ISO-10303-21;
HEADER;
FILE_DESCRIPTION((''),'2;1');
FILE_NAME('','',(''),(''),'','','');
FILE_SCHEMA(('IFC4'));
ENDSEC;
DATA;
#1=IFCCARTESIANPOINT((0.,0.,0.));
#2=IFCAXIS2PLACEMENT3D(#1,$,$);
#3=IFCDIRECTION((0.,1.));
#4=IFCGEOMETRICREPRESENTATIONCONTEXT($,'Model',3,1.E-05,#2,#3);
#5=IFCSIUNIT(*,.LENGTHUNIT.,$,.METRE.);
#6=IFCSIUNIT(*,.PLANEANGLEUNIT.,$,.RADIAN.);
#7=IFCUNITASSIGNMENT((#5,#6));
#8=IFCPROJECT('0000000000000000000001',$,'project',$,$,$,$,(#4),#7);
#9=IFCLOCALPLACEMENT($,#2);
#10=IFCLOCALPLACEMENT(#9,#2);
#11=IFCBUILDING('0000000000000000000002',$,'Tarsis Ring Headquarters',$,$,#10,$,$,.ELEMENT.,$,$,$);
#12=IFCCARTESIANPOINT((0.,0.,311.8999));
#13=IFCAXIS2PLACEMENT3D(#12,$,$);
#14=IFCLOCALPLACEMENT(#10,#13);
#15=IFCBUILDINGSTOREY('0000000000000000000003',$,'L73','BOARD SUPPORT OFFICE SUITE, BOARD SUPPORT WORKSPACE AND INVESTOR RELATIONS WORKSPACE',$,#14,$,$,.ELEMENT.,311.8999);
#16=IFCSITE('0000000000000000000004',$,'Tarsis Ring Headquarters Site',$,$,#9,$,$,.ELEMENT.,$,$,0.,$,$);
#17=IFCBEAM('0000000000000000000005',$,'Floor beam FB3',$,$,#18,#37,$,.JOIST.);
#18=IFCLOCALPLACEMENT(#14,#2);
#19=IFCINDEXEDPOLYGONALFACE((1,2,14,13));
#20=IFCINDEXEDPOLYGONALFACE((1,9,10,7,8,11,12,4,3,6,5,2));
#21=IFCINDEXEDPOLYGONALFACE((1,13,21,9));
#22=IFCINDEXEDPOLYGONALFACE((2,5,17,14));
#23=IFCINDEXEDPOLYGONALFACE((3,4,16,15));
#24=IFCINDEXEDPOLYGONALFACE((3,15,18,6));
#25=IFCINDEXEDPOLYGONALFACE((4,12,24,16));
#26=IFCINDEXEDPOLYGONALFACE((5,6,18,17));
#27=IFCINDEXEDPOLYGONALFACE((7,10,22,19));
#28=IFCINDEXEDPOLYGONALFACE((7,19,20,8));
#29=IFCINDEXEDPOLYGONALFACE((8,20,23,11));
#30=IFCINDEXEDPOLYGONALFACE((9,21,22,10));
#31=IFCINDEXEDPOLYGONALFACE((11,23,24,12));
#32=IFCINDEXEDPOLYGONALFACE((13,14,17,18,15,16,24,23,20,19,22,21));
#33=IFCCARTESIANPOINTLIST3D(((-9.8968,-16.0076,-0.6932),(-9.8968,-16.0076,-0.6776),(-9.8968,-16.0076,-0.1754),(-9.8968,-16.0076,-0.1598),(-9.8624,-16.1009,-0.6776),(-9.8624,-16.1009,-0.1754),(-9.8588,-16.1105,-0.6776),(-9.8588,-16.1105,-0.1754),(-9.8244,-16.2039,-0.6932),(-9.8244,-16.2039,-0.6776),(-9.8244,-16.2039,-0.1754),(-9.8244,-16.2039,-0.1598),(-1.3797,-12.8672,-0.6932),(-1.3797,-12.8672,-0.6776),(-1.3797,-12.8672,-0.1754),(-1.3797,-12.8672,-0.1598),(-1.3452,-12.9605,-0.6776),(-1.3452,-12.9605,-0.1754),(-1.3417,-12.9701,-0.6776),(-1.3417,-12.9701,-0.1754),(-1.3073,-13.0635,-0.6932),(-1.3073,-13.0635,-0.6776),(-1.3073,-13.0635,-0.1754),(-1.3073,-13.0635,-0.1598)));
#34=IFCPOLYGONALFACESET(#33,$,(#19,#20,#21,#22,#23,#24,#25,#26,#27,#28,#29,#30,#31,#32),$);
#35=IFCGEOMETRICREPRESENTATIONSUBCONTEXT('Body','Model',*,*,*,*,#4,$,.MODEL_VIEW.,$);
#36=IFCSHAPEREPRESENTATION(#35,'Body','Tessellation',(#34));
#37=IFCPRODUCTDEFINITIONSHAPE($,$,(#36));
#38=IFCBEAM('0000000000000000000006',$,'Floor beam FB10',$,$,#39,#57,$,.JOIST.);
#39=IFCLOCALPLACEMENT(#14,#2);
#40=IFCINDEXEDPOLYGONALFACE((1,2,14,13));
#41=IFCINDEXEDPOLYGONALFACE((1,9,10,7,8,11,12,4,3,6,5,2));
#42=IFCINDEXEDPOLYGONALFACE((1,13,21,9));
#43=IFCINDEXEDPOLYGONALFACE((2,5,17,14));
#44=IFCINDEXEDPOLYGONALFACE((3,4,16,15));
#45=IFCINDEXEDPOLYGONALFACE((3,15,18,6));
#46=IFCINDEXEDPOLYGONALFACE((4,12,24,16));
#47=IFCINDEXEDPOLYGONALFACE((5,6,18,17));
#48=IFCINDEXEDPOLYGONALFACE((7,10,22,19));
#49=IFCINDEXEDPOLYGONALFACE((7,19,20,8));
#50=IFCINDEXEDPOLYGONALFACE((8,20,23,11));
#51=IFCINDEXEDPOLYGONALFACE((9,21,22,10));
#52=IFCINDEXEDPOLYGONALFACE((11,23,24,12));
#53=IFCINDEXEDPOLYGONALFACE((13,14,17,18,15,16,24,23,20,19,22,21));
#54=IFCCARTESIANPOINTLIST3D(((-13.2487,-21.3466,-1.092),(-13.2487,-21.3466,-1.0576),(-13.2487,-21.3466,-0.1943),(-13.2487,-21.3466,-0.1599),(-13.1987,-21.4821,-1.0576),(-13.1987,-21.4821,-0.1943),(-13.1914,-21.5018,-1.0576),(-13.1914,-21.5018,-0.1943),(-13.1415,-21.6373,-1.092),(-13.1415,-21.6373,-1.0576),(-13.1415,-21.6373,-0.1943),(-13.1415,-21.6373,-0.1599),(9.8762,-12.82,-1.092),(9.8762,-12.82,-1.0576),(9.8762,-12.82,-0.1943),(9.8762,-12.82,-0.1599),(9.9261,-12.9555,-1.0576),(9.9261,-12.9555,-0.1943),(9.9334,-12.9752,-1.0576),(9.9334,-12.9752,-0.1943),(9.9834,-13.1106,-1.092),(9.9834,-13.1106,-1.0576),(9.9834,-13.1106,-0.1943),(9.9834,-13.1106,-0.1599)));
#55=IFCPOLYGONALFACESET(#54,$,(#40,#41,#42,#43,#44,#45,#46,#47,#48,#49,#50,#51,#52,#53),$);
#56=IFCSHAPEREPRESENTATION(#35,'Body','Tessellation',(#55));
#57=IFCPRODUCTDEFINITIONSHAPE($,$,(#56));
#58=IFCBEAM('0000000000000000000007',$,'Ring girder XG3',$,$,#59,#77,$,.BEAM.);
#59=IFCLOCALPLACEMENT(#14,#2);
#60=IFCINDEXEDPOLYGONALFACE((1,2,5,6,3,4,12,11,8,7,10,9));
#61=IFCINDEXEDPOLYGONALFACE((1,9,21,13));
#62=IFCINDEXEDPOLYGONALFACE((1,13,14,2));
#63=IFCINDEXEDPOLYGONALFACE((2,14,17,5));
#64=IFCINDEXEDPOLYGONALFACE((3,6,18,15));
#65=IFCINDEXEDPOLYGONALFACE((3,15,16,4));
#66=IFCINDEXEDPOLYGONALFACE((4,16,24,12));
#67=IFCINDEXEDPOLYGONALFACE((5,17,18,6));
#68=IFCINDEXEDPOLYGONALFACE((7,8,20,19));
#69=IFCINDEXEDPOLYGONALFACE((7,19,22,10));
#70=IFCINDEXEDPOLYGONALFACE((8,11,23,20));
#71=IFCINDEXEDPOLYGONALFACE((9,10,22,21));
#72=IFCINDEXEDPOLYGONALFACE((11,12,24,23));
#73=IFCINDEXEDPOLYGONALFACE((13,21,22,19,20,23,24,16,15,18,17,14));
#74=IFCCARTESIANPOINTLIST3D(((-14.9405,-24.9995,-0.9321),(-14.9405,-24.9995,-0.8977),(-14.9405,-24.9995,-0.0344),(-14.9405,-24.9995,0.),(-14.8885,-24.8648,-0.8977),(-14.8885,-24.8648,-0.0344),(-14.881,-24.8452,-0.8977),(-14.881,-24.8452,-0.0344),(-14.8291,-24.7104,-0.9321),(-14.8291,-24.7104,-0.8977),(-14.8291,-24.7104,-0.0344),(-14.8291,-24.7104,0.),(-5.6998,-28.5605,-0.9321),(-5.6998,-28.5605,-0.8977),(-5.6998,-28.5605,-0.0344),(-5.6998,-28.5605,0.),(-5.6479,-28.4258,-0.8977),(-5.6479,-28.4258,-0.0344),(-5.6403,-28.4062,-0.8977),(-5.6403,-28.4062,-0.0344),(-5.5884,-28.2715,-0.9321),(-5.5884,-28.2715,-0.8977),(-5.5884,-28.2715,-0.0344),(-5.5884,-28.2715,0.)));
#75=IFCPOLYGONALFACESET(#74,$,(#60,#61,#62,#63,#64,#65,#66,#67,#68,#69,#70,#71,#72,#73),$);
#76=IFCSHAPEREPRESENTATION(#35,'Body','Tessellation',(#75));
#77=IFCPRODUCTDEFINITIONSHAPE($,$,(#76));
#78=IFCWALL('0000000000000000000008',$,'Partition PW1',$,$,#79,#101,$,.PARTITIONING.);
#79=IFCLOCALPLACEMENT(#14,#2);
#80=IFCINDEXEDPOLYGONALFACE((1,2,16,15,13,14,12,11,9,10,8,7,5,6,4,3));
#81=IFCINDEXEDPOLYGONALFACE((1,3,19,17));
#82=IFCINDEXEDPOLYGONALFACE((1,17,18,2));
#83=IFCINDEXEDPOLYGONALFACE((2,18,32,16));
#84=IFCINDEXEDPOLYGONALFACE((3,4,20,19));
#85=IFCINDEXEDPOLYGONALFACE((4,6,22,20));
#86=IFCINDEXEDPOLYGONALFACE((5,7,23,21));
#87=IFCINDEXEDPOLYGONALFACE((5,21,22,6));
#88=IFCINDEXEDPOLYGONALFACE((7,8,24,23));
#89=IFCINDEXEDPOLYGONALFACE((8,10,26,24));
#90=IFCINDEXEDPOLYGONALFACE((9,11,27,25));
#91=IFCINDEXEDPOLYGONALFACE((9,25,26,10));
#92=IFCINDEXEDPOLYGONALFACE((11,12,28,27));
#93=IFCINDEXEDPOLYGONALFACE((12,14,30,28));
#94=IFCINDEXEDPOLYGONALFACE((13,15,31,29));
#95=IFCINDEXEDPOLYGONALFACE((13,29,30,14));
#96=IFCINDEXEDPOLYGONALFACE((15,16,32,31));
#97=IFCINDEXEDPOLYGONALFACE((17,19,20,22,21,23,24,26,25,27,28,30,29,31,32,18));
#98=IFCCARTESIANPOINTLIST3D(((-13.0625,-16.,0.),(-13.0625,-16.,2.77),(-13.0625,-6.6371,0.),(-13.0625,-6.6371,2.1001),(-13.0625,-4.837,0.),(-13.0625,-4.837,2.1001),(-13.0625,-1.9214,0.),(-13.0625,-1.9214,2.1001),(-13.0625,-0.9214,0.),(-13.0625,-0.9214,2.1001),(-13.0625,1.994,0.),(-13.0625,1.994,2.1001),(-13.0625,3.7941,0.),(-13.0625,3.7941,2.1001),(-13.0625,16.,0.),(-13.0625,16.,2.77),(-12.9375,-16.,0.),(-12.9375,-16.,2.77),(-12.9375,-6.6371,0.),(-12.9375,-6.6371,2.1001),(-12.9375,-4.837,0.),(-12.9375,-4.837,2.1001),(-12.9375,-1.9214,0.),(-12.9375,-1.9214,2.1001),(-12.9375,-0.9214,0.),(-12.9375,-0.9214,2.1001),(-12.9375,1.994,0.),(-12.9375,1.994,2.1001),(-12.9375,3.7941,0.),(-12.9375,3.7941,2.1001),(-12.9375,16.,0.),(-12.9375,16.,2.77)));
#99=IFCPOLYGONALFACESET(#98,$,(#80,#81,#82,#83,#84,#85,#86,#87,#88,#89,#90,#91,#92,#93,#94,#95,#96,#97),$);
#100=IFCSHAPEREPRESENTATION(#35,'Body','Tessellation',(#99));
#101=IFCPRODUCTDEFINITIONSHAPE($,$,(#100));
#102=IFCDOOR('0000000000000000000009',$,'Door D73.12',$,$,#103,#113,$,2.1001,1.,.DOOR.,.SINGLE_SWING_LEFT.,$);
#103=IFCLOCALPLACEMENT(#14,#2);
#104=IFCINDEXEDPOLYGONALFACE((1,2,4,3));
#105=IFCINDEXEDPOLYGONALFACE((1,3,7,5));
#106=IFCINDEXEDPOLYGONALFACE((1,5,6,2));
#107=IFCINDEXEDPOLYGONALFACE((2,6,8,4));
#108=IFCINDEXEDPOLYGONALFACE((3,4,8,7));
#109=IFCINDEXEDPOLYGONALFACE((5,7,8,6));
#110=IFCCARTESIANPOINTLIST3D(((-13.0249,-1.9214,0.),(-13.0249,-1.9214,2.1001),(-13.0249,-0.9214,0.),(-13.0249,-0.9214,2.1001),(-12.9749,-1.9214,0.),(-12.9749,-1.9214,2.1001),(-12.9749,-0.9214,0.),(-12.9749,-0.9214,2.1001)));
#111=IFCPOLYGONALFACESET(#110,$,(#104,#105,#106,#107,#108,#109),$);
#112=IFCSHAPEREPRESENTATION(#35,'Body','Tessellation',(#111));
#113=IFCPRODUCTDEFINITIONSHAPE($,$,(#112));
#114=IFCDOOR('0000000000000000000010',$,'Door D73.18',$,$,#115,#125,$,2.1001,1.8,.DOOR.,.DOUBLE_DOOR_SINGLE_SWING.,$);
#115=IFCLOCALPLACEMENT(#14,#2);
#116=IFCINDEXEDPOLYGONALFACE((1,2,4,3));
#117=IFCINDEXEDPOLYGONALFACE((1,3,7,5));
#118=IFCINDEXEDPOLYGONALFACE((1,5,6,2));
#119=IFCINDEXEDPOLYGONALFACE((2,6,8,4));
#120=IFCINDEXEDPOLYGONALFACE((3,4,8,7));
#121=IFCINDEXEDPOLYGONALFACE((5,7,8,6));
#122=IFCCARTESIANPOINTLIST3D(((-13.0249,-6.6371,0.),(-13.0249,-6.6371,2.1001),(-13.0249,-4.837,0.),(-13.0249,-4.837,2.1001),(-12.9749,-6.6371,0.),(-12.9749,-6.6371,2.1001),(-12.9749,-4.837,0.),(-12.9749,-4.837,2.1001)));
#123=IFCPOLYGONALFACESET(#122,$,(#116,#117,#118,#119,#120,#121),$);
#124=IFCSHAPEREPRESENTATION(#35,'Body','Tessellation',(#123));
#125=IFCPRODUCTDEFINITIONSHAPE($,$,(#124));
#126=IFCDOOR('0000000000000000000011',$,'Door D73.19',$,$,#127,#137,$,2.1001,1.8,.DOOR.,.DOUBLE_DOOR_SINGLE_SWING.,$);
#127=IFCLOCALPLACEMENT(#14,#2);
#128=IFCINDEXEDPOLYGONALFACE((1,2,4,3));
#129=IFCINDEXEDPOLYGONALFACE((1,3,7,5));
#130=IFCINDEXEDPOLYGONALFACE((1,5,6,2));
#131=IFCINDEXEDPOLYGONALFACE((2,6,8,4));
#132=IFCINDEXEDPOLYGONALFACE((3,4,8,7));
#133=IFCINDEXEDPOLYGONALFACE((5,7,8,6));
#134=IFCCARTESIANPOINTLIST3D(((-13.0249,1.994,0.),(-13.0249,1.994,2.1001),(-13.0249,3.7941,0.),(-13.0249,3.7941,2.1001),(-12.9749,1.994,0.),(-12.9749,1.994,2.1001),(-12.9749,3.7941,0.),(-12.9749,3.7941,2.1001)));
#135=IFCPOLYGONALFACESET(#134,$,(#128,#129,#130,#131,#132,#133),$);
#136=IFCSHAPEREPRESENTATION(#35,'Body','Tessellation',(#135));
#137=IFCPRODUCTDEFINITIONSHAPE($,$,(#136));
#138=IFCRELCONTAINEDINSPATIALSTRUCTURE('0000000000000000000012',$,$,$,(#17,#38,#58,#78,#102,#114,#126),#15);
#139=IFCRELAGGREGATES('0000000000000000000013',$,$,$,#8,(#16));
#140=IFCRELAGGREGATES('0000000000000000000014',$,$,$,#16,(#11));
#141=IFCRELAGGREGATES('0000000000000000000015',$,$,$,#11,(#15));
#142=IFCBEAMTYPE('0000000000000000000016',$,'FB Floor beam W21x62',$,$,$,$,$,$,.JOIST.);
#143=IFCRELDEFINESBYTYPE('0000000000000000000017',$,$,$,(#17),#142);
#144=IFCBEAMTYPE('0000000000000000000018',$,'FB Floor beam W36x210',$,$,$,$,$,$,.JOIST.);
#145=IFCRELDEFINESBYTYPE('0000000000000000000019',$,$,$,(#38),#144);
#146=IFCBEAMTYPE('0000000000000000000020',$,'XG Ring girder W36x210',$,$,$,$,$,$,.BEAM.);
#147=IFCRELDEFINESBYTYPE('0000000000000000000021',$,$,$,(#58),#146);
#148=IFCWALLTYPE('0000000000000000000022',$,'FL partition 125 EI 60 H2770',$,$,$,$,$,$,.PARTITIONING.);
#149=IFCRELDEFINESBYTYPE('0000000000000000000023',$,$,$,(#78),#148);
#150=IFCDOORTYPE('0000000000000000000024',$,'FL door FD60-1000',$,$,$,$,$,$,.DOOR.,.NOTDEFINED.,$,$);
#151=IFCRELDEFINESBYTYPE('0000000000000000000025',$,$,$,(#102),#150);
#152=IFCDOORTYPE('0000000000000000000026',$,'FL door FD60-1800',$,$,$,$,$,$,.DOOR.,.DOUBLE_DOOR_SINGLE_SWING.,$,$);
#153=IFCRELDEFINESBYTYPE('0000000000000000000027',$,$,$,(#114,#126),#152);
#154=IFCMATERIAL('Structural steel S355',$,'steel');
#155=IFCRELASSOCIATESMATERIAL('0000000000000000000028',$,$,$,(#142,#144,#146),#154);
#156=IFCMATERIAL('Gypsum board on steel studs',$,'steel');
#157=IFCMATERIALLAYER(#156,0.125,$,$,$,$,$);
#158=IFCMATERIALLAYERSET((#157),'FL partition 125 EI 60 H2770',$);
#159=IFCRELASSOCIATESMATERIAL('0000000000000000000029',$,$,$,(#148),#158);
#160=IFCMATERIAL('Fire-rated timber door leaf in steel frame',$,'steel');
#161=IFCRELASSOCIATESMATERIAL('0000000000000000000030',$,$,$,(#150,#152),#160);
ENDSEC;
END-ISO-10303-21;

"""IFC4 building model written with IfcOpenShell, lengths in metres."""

from ifc_helpers import new_model, si_unit, direction, frame, frame_2d, origin, origin_2d, place, context, subcontext, project, spatial, rectangle, i_section, extrude, material, layer, layer_set, material_profile, profile_set, type_object, element, fill, save


model = new_model("IFC4")

# Units and contexts
model_context = context("Model", 3, precision=1e-05, world=origin(), true_north=direction((0.0, 1.0)))
body_context = subcontext(model_context, "Body", "Model", "MODEL_VIEW")
ifc_project = project(units=[si_unit("LENGTHUNIT", "METRE"), si_unit("PLANEANGLEUNIT", "RADIAN")], contexts=[model_context])

# Site, building, storey
site_placement = place(None, origin())
site = spatial("IfcSite", under=ifc_project, at=site_placement, Name="Tarsis Ring Headquarters Site", CompositionType="ELEMENT", RefElevation=0.0)
building_placement = place(site_placement, origin())
building = spatial("IfcBuilding", under=site, at=building_placement, Name="Tarsis Ring Headquarters", CompositionType="ELEMENT")
storey_placement = place(building_placement, frame((0.0, 0.0, 311.8999)))
storey = spatial("IfcBuildingStorey", under=building, at=storey_placement, Name="L73", Description="BOARD SUPPORT OFFICE SUITE, BOARD SUPPORT WORKSPACE AND INVESTOR RELATIONS WORKSPACE", CompositionType="ELEMENT", Elevation=311.8999)

# Beams
ifc_material_1 = material(Name="Structural steel S355", Category="steel")
ifc_material_profile_1 = material_profile(ifc_material_1, i_section(OverallWidth=0.2092, OverallDepth=0.5334, WebThickness=0.0103, FlangeThickness=0.0156, at=origin_2d()), Name="W21x62")
ifc_profile_set_1 = profile_set([ifc_material_profile_1], Name="Structural steel S355")
beam_type_1 = type_object("IfcBeamType", Name="FB Floor beam W21x62", PredefinedType="JOIST", material=ifc_profile_set_1)
beam_1_placement = place(storey_placement, frame((-9.8606, -16.1057, -0.4265), z_axis=(0.938254, 0.345948, 0.0), x_axis=(-0.345948, 0.938254, 0.0)))
element("IfcBeam", 1, at=beam_1_placement, inside=storey, type_object=beam_type_1, Name="Floor beam FB3", PredefinedType="JOIST", context=body_context, shape_type="SweptSolid", body=[
    extrude(i_section(OverallWidth=0.2092, OverallDepth=0.5334, WebThickness=0.0103, FlangeThickness=0.0156, at=origin_2d()), origin(), (0.0, 0.0, 1.0), 9.0776),
])
ifc_material_profile_2 = material_profile(ifc_material_1, i_section(OverallWidth=0.3098, OverallDepth=0.9321, WebThickness=0.021, FlangeThickness=0.0344, at=origin_2d()), Name="W36x210")
ifc_profile_set_2 = profile_set([ifc_material_profile_2], Name="Structural steel S355")
beam_type_2 = type_object("IfcBeamType", Name="FB Floor beam W36x210", PredefinedType="JOIST", material=ifc_profile_set_2)
beam_2_placement = place(storey_placement, frame((-13.1951, -21.4919, -0.626), z_axis=(0.938251, 0.345954, 0.0), x_axis=(-0.345954, 0.938251, 0.0)))
element("IfcBeam", 2, at=beam_2_placement, inside=storey, type_object=beam_type_2, Name="Floor beam FB10", PredefinedType="JOIST", context=body_context, shape_type="SweptSolid", body=[
    extrude(i_section(OverallWidth=0.3098, OverallDepth=0.9321, WebThickness=0.021, FlangeThickness=0.0344, at=origin_2d()), origin(), (0.0, 0.0, 1.0), 24.6467),
])
beam_type_3 = type_object("IfcBeamType", Name="XG Ring girder W36x210", PredefinedType="BEAM", material=ifc_profile_set_2)
beam_3_placement = place(storey_placement, frame((-14.8848, -24.855, -0.4661), z_axis=(0.933112, -0.359587, 0.0), x_axis=(0.359587, 0.933112, 0.0)))
element("IfcBeam", 3, at=beam_3_placement, inside=storey, type_object=beam_type_3, Name="Ring girder XG3", PredefinedType="BEAM", context=body_context, shape_type="SweptSolid", body=[
    extrude(i_section(OverallWidth=0.3098, OverallDepth=0.9321, WebThickness=0.021, FlangeThickness=0.0344, at=origin_2d()), origin(), (0.0, 0.0, 1.0), 9.9031),
])

# Wall, openings, doors
ifc_material_2 = material(Name="Gypsum board on steel studs", Category="steel")
ifc_layer_1 = layer(ifc_material_2, 0.125)
ifc_layer_set_1 = layer_set([ifc_layer_1], Name="FL partition 125 EI 60 H2770")
wall_type_1 = type_object("IfcWallType", Name="FL partition 125 EI 60 H2770", PredefinedType="PARTITIONING", material=ifc_layer_set_1)
wall_1_placement = place(storey_placement, frame((-13.0, -16.0, 0.0), z_axis=(0.0, 0.0, 1.0), x_axis=(0.0, 1.0, 0.0)))
wall_1 = element("IfcWall", 4, at=wall_1_placement, inside=storey, type_object=wall_type_1, Name="Partition PW1", PredefinedType="PARTITIONING", context=body_context, shape_type="SweptSolid", body=[
    extrude(rectangle(XDim=32.0, YDim=0.125, at=frame_2d((16.0, 0.0))), origin(), (0.0, 0.0, 1.0), 2.77),
])
opening_1_placement = place(wall_1_placement, frame((14.0786, 0.0, 0.0)))
opening_1 = element("IfcOpeningElement", 5, at=opening_1_placement, cuts=wall_1, PredefinedType="OPENING", context=body_context, shape_type="SweptSolid", body=[
    extrude(rectangle(XDim=1.0, YDim=2.1001, at=frame_2d((0.5, 1.05))), frame((0.0, 0.0725, 0.0), z_axis=(0.0, -1.0, 0.0), x_axis=(1.0, 0.0, 0.0)), (0.0, 0.0, 1.0), 0.145),
])
opening_2_placement = place(wall_1_placement, frame((9.363, 0.0, 0.0)))
opening_2 = element("IfcOpeningElement", 6, at=opening_2_placement, cuts=wall_1, PredefinedType="OPENING", context=body_context, shape_type="SweptSolid", body=[
    extrude(rectangle(XDim=1.8, YDim=2.1001, at=frame_2d((0.8999, 1.05))), frame((0.0, 0.0725, 0.0), z_axis=(0.0, -1.0, 0.0), x_axis=(1.0, 0.0, 0.0)), (0.0, 0.0, 1.0), 0.145),
])
opening_3_placement = place(wall_1_placement, frame((17.9941, 0.0, 0.0)))
opening_3 = element("IfcOpeningElement", 7, at=opening_3_placement, cuts=wall_1, PredefinedType="OPENING", context=body_context, shape_type="SweptSolid", body=[
    extrude(rectangle(XDim=1.8, YDim=2.1001, at=frame_2d((0.8999, 1.05))), frame((0.0, 0.0725, 0.0), z_axis=(0.0, -1.0, 0.0), x_axis=(1.0, 0.0, 0.0)), (0.0, 0.0, 1.0), 0.145),
])
ifc_material_3 = material(Name="Fire-rated timber door leaf in steel frame", Category="steel")
door_type_1 = type_object("IfcDoorType", Name="FL door FD60-1000", OperationType="NOTDEFINED", PredefinedType="DOOR", material=ifc_material_3)
door_1_placement = place(opening_1_placement, origin())
door_1 = element("IfcDoor", 8, at=door_1_placement, inside=storey, type_object=door_type_1, Name="Door D73.12", OperationType="SINGLE_SWING_LEFT", OverallHeight=2.1001, OverallWidth=1.0, PredefinedType="DOOR", context=body_context, shape_type="SweptSolid", body=[
    extrude(rectangle(XDim=1.0, YDim=2.1001, at=frame_2d((0.5, 1.05))), frame((0.0, 0.0249, 0.0), z_axis=(0.0, -1.0, 0.0), x_axis=(1.0, 0.0, 0.0)), (0.0, 0.0, 1.0), 0.05),
])
fill(opening_1, door_1)
door_type_2 = type_object("IfcDoorType", Name="FL door FD60-1800", OperationType="DOUBLE_DOOR_SINGLE_SWING", PredefinedType="DOOR", material=ifc_material_3)
door_2_placement = place(opening_2_placement, origin())
door_2 = element("IfcDoor", 9, at=door_2_placement, inside=storey, type_object=door_type_2, Name="Door D73.18", OperationType="DOUBLE_DOOR_SINGLE_SWING", OverallHeight=2.1001, OverallWidth=1.8, PredefinedType="DOOR", context=body_context, shape_type="SweptSolid", body=[
    extrude(rectangle(XDim=1.8, YDim=2.1001, at=frame_2d((0.8999, 1.05))), frame((0.0, 0.0249, 0.0), z_axis=(0.0, -1.0, 0.0), x_axis=(1.0, 0.0, 0.0)), (0.0, 0.0, 1.0), 0.05),
])
fill(opening_2, door_2)
door_3_placement = place(opening_3_placement, origin())
door_3 = element("IfcDoor", 10, at=door_3_placement, inside=storey, type_object=door_type_2, Name="Door D73.19", OperationType="DOUBLE_DOOR_SINGLE_SWING", OverallHeight=2.1001, OverallWidth=1.8, PredefinedType="DOOR", context=body_context, shape_type="SweptSolid", body=[
    extrude(rectangle(XDim=1.8, YDim=2.1001, at=frame_2d((0.8999, 1.05))), frame((0.0, 0.0249, 0.0), z_axis=(0.0, -1.0, 0.0), x_axis=(1.0, 0.0, 0.0)), (0.0, 0.0, 1.0), 0.05),
])
fill(opening_3, door_3)

save(model, "model.ifc")
